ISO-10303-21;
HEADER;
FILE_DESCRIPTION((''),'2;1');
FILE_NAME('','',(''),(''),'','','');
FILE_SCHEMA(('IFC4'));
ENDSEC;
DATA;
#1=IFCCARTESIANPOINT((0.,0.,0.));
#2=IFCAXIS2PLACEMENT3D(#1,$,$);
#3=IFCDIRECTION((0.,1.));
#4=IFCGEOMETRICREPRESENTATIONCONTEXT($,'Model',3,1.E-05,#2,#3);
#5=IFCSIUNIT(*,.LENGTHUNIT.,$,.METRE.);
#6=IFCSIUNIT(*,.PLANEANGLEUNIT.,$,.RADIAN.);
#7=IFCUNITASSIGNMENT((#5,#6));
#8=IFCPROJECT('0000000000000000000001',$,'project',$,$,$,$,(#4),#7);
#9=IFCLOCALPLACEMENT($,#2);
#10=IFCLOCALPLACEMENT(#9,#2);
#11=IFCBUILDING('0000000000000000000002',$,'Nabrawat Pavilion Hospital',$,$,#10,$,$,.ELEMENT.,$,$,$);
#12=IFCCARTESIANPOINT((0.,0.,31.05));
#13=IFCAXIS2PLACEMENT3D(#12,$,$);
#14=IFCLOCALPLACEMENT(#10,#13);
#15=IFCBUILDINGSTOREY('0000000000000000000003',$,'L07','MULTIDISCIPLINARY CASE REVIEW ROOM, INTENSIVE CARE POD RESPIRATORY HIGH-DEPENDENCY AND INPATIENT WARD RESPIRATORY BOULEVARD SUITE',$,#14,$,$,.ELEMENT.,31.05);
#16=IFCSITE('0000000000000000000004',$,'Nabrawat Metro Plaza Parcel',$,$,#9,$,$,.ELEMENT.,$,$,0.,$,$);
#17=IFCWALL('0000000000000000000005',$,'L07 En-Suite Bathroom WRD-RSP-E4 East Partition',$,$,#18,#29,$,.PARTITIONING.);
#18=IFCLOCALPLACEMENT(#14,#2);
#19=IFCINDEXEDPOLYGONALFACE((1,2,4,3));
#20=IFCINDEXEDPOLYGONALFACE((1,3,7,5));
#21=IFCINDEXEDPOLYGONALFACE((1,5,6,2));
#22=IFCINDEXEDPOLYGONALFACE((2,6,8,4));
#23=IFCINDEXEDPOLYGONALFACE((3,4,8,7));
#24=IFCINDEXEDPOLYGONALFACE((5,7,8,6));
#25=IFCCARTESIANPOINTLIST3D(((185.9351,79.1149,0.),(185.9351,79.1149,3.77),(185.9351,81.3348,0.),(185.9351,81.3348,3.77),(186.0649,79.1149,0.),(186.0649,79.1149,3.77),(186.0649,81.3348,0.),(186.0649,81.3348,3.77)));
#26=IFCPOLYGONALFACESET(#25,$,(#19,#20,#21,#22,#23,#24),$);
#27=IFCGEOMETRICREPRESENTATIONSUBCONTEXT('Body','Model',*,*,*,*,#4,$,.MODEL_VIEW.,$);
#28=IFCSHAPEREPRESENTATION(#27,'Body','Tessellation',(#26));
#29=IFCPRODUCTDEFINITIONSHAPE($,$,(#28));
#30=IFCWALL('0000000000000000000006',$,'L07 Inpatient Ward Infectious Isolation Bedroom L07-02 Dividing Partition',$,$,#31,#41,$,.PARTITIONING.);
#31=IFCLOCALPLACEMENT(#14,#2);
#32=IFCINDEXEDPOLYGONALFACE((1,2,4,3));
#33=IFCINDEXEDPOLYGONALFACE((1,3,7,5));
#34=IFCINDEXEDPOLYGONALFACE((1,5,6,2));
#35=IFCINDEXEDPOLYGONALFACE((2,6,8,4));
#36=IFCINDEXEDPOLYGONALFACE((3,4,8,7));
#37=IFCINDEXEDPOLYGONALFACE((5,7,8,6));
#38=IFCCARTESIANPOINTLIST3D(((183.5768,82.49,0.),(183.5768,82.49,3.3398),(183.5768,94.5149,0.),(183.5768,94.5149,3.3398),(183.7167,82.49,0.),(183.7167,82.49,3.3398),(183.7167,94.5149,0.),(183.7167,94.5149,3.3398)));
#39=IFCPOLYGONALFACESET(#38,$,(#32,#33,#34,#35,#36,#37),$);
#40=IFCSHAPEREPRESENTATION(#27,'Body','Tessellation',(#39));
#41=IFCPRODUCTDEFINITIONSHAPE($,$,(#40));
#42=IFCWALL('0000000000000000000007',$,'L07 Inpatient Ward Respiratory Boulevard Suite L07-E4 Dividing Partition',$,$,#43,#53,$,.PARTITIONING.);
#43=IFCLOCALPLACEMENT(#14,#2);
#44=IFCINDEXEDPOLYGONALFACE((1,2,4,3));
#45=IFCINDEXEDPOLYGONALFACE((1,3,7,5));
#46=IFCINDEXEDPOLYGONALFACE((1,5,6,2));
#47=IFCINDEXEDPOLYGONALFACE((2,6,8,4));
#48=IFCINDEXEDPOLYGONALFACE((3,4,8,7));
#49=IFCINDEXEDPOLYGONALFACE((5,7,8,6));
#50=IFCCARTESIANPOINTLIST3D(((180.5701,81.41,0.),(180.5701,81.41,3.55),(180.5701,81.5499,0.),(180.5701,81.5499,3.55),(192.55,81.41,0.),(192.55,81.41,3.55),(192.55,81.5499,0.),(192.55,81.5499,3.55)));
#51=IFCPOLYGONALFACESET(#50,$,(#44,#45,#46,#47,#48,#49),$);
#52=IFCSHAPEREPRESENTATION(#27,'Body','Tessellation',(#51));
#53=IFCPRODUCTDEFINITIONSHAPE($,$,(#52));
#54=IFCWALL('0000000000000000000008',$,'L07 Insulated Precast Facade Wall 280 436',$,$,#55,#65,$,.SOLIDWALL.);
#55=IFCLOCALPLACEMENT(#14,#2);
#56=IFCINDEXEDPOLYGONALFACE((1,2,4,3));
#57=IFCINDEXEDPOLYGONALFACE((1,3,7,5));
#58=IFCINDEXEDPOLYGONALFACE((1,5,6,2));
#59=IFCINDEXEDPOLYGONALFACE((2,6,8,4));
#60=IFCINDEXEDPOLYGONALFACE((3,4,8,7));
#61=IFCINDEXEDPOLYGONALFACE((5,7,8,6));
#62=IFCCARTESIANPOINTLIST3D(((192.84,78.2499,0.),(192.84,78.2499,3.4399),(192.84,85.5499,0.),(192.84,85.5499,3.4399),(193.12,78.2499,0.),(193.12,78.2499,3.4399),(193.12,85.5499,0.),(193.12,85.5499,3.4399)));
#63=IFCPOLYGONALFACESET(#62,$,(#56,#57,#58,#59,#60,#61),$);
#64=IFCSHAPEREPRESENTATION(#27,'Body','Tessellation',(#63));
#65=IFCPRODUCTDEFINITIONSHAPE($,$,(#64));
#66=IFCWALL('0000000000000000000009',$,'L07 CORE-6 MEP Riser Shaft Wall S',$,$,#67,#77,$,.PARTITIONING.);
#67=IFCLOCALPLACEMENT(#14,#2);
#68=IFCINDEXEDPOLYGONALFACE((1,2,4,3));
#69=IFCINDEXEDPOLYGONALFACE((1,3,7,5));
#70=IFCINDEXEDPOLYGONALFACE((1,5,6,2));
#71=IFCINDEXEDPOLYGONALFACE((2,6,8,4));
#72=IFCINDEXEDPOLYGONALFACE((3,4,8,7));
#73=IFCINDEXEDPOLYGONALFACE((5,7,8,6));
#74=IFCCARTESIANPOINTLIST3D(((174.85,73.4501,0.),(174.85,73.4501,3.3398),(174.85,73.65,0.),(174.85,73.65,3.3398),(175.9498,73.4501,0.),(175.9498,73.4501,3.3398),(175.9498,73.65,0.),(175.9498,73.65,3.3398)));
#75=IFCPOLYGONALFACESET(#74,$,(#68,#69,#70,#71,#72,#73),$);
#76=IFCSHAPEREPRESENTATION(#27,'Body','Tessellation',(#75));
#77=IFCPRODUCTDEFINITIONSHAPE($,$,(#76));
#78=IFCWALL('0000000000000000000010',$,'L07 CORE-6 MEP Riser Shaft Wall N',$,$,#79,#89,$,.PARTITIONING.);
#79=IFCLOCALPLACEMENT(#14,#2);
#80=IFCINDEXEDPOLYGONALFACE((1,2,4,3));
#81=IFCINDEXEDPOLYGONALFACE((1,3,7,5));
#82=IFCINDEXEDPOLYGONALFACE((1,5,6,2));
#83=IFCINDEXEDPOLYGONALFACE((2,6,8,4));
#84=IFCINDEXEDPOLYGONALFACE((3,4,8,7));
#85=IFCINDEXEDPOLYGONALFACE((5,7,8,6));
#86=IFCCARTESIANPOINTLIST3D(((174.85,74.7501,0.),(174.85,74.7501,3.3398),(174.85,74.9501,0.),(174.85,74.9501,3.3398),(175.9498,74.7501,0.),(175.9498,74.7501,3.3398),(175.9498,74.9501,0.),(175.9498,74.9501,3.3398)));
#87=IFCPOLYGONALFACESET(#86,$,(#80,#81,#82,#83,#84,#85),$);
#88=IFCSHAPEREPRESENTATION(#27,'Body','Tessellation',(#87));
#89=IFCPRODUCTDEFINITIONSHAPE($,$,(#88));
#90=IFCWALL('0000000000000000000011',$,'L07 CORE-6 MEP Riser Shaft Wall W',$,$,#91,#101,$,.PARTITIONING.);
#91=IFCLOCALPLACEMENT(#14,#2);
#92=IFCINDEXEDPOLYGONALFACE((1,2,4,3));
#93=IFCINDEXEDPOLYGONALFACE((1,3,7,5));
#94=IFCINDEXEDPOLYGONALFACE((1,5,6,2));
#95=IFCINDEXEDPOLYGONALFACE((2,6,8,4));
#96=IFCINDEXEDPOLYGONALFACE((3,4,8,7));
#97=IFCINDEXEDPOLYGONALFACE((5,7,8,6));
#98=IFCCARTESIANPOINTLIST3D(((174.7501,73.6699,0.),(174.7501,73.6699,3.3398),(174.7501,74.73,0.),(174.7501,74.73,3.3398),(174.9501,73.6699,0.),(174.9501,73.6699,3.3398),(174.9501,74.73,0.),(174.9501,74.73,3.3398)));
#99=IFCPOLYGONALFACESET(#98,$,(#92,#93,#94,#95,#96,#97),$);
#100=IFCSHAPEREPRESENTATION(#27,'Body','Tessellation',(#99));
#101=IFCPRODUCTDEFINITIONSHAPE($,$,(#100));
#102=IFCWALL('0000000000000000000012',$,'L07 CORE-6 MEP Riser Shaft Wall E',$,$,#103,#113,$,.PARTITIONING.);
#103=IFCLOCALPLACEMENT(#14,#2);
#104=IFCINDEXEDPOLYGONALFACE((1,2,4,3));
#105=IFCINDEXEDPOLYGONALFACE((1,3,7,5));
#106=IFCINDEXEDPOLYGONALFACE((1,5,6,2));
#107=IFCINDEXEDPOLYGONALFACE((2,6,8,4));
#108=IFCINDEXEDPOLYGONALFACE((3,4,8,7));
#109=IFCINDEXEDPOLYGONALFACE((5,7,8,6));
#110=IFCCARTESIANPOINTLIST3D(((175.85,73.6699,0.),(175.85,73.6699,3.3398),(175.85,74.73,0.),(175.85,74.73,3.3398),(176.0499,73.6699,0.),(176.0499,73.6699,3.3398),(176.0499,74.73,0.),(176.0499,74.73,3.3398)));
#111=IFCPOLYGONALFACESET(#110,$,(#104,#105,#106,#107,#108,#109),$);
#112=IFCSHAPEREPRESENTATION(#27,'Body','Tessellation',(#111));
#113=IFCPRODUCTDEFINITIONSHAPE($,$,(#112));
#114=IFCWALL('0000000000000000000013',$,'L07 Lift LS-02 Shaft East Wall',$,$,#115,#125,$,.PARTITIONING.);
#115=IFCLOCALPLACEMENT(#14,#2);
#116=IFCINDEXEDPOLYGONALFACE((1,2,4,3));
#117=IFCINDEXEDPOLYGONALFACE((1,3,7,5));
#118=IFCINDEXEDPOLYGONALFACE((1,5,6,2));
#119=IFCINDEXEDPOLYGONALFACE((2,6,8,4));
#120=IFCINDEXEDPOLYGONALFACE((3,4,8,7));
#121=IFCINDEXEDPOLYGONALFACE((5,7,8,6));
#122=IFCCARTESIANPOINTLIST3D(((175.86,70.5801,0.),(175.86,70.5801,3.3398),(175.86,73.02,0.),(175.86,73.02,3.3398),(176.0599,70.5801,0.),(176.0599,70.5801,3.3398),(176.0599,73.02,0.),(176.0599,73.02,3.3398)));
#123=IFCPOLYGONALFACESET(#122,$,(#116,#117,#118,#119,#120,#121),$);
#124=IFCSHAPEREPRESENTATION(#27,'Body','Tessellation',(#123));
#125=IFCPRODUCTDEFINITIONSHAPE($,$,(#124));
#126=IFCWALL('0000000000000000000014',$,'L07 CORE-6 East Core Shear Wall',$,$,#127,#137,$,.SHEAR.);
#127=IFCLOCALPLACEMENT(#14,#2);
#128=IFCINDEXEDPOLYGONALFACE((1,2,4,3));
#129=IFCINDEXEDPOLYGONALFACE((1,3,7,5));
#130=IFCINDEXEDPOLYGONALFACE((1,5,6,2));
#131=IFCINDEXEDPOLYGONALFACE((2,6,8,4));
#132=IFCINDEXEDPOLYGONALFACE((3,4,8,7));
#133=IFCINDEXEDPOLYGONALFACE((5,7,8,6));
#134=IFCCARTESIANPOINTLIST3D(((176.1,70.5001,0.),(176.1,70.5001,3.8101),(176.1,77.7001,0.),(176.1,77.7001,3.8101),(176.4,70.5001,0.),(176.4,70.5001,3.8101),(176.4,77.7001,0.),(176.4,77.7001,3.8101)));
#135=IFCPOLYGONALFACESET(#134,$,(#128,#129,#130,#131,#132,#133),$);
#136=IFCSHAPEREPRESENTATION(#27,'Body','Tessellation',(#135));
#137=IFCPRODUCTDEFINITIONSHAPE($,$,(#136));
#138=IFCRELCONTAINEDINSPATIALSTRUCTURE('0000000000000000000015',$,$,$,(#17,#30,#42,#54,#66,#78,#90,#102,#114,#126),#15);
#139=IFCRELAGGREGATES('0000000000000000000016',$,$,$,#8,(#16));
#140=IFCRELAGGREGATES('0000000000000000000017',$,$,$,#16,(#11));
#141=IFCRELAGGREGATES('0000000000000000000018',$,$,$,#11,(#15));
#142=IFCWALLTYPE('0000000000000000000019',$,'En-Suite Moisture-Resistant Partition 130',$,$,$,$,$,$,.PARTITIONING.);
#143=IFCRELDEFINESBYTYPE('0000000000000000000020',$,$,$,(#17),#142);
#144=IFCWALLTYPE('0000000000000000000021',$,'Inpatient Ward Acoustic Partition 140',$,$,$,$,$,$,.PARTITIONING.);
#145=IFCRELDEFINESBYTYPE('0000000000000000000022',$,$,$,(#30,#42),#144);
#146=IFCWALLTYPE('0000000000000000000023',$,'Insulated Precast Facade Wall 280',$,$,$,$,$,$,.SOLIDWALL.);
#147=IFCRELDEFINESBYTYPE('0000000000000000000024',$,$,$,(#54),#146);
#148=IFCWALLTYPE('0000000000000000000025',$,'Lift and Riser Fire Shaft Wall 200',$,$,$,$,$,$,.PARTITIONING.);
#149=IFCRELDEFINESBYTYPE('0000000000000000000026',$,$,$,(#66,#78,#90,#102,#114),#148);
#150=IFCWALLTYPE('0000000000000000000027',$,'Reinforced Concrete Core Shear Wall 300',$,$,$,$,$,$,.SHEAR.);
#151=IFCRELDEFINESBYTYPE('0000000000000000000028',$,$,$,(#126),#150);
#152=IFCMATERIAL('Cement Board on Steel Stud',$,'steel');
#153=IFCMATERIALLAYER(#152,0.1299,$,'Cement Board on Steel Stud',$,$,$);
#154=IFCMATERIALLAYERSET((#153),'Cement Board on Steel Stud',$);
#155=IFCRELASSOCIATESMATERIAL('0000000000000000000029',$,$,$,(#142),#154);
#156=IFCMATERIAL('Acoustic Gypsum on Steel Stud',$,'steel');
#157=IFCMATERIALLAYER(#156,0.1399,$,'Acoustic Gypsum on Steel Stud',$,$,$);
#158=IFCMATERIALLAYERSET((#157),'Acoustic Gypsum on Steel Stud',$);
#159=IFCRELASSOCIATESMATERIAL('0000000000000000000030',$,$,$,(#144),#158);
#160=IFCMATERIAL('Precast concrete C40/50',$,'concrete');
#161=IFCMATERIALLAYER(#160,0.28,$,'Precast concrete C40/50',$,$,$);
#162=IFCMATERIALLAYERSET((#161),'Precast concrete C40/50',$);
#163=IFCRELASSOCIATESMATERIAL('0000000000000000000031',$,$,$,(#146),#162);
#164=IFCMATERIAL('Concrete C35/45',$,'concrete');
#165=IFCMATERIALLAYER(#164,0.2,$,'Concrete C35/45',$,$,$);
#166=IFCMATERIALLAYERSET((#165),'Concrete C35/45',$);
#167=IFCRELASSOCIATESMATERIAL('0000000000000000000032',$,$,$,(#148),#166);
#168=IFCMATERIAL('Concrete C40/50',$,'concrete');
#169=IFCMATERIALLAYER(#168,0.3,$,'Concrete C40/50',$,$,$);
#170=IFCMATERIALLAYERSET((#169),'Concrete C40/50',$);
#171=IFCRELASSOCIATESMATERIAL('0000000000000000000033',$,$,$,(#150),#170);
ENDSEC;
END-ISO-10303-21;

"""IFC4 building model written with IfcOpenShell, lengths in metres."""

from ifc_helpers import new_model, si_unit, direction, frame, frame_2d, origin, place, context, subcontext, project, spatial, rectangle, extrude, material, layer, layer_set, type_object, element, save


model = new_model("IFC4")

# Units and contexts
model_context = context("Model", 3, precision=1e-05, world=origin(), true_north=direction((0.0, 1.0)))
body_context = subcontext(model_context, "Body", "Model", "MODEL_VIEW")
ifc_project = project(units=[si_unit("LENGTHUNIT", "METRE"), si_unit("PLANEANGLEUNIT", "RADIAN")], contexts=[model_context])

# Site, building, storey
site_placement = place(None, origin())
site = spatial("IfcSite", under=ifc_project, at=site_placement, Name="Nabrawat Metro Plaza Parcel", CompositionType="ELEMENT", RefElevation=0.0)
building_placement = place(site_placement, origin())
building = spatial("IfcBuilding", under=site, at=building_placement, Name="Nabrawat Pavilion Hospital", CompositionType="ELEMENT")
storey_placement = place(building_placement, frame((0.0, 0.0, 31.05)))
storey = spatial("IfcBuildingStorey", under=building, at=storey_placement, Name="L07", Description="MULTIDISCIPLINARY CASE REVIEW ROOM, INTENSIVE CARE POD RESPIRATORY HIGH-DEPENDENCY AND INPATIENT WARD RESPIRATORY BOULEVARD SUITE", CompositionType="ELEMENT", Elevation=31.05)

# Shared definitions
ifc_material_1 = material(Name="Cement Board on Steel Stud", Category="steel")
ifc_layer_1 = layer(ifc_material_1, 0.1299, Name="Cement Board on Steel Stud")
ifc_layer_set_1 = layer_set([ifc_layer_1], Name="Cement Board on Steel Stud")
wall_type_1 = type_object("IfcWallType", Name="En-Suite Moisture-Resistant Partition 130", PredefinedType="PARTITIONING", material=ifc_layer_set_1)

# Walls
wall_1_placement = place(storey_placement, frame((186.0, 79.115, 0.0), z_axis=(0.0, 0.0, 1.0), x_axis=(0.0, 1.0, 0.0)))
element("IfcWall", 1, at=wall_1_placement, inside=storey, type_object=wall_type_1, Name="L07 En-Suite Bathroom WRD-RSP-E4 East Partition", PredefinedType="PARTITIONING", context=body_context, shape_type="SweptSolid", body=[
    extrude(rectangle(XDim=2.22, YDim=0.1299, at=frame_2d((1.1099, 0.0))), origin(), (0.0, 0.0, 1.0), 3.77),
])
ifc_material_2 = material(Name="Acoustic Gypsum on Steel Stud", Category="steel")
ifc_layer_2 = layer(ifc_material_2, 0.1399, Name="Acoustic Gypsum on Steel Stud")
ifc_layer_set_2 = layer_set([ifc_layer_2], Name="Acoustic Gypsum on Steel Stud")
wall_type_2 = type_object("IfcWallType", Name="Inpatient Ward Acoustic Partition 140", PredefinedType="PARTITIONING", material=ifc_layer_set_2)
wall_2_placement = place(storey_placement, frame((183.6467, 82.49, 0.0), z_axis=(0.0, 0.0, 1.0), x_axis=(0.0, 1.0, 0.0)))
element("IfcWall", 2, at=wall_2_placement, inside=storey, type_object=wall_type_2, Name="L07 Inpatient Ward Infectious Isolation Bedroom L07-02 Dividing Partition", PredefinedType="PARTITIONING", context=body_context, shape_type="SweptSolid", body=[
    extrude(rectangle(XDim=12.0249, YDim=0.1399, at=frame_2d((6.0125, 0.0))), origin(), (0.0, 0.0, 1.0), 3.3398),
])
wall_3_placement = place(storey_placement, frame((180.5701, 81.48, 0.0), z_axis=(0.0, 0.0, 1.0), x_axis=(1.0, 0.0, 0.0)))
element("IfcWall", 3, at=wall_3_placement, inside=storey, type_object=wall_type_2, Name="L07 Inpatient Ward Respiratory Boulevard Suite L07-E4 Dividing Partition", PredefinedType="PARTITIONING", context=body_context, shape_type="SweptSolid", body=[
    extrude(rectangle(XDim=11.98, YDim=0.1399, at=frame_2d((5.99, 0.0))), origin(), (0.0, 0.0, 1.0), 3.55),
])
ifc_material_3 = material(Name="Precast concrete C40/50", Category="concrete")
ifc_layer_3 = layer(ifc_material_3, 0.28, Name="Precast concrete C40/50")
ifc_layer_set_3 = layer_set([ifc_layer_3], Name="Precast concrete C40/50")
wall_type_3 = type_object("IfcWallType", Name="Insulated Precast Facade Wall 280", PredefinedType="SOLIDWALL", material=ifc_layer_set_3)
wall_4_placement = place(storey_placement, frame((192.98, 78.25, 0.0), z_axis=(0.0, 0.0, 1.0), x_axis=(0.0, 1.0, 0.0)))
element("IfcWall", 4, at=wall_4_placement, inside=storey, type_object=wall_type_3, Name="L07 Insulated Precast Facade Wall 280 436", PredefinedType="SOLIDWALL", context=body_context, shape_type="SweptSolid", body=[
    extrude(rectangle(XDim=7.3, YDim=0.28, at=frame_2d((3.6499, 0.0))), origin(), (0.0, 0.0, 1.0), 3.4399),
])
ifc_material_4 = material(Name="Concrete C35/45", Category="concrete")
ifc_layer_4 = layer(ifc_material_4, 0.2, Name="Concrete C35/45")
ifc_layer_set_4 = layer_set([ifc_layer_4], Name="Concrete C35/45")
wall_type_4 = type_object("IfcWallType", Name="Lift and Riser Fire Shaft Wall 200", PredefinedType="PARTITIONING", material=ifc_layer_set_4)
for number, where, z_axis, x_axis, name in (
    (5, (174.8501, 73.55, 0.0), (0.0, 0.0, 1.0), (1.0, 0.0, 0.0), "L07 CORE-6 MEP Riser Shaft Wall S"),
    (6, (174.8501, 74.8501, 0.0), (0.0, 0.0, 1.0), (1.0, 0.0, 0.0), "L07 CORE-6 MEP Riser Shaft Wall N"),
):
    element("IfcWall", number, at=place(storey_placement, frame(where, z_axis=z_axis, x_axis=x_axis)), inside=storey, type_object=wall_type_4, Name=name, PredefinedType="PARTITIONING", context=body_context, shape_type="SweptSolid", body=[
        extrude(rectangle(XDim=1.0999, YDim=0.2, at=frame_2d((0.5498, 0.0))), origin(), (0.0, 0.0, 1.0), 3.3398),
    ])
for number, where, z_axis, x_axis, name in (
    (7, (174.8501, 73.6699, 0.0), (0.0, 0.0, 1.0), (0.0, 1.0, 0.0), "L07 CORE-6 MEP Riser Shaft Wall W"),
    (8, (175.95, 73.6699, 0.0), (0.0, 0.0, 1.0), (0.0, 1.0, 0.0), "L07 CORE-6 MEP Riser Shaft Wall E"),
):
    element("IfcWall", number, at=place(storey_placement, frame(where, z_axis=z_axis, x_axis=x_axis)), inside=storey, type_object=wall_type_4, Name=name, PredefinedType="PARTITIONING", context=body_context, shape_type="SweptSolid", body=[
        extrude(rectangle(XDim=1.0601, YDim=0.2, at=frame_2d((0.53, 0.0))), origin(), (0.0, 0.0, 1.0), 3.3398),
    ])
wall_5_placement = place(storey_placement, frame((175.96, 70.5801, 0.0), z_axis=(0.0, 0.0, 1.0), x_axis=(0.0, 1.0, 0.0)))
element("IfcWall", 9, at=wall_5_placement, inside=storey, type_object=wall_type_4, Name="L07 Lift LS-02 Shaft East Wall", PredefinedType="PARTITIONING", context=body_context, shape_type="SweptSolid", body=[
    extrude(rectangle(XDim=2.4399, YDim=0.2, at=frame_2d((1.22, 0.0))), origin(), (0.0, 0.0, 1.0), 3.3398),
])
ifc_material_5 = material(Name="Concrete C40/50", Category="concrete")
ifc_layer_5 = layer(ifc_material_5, 0.3, Name="Concrete C40/50")
ifc_layer_set_5 = layer_set([ifc_layer_5], Name="Concrete C40/50")
wall_type_5 = type_object("IfcWallType", Name="Reinforced Concrete Core Shear Wall 300", PredefinedType="SHEAR", material=ifc_layer_set_5)
wall_6_placement = place(storey_placement, frame((176.25, 70.5, 0.0), z_axis=(0.0, 0.0, 1.0), x_axis=(0.0, 1.0, 0.0)))
element("IfcWall", 10, at=wall_6_placement, inside=storey, type_object=wall_type_5, Name="L07 CORE-6 East Core Shear Wall", PredefinedType="SHEAR", context=body_context, shape_type="SweptSolid", body=[
    extrude(rectangle(XDim=7.2, YDim=0.3, at=frame_2d((3.6001, 0.0))), origin(), (0.0, 0.0, 1.0), 3.8101),
])

save(model, "model.ifc")
